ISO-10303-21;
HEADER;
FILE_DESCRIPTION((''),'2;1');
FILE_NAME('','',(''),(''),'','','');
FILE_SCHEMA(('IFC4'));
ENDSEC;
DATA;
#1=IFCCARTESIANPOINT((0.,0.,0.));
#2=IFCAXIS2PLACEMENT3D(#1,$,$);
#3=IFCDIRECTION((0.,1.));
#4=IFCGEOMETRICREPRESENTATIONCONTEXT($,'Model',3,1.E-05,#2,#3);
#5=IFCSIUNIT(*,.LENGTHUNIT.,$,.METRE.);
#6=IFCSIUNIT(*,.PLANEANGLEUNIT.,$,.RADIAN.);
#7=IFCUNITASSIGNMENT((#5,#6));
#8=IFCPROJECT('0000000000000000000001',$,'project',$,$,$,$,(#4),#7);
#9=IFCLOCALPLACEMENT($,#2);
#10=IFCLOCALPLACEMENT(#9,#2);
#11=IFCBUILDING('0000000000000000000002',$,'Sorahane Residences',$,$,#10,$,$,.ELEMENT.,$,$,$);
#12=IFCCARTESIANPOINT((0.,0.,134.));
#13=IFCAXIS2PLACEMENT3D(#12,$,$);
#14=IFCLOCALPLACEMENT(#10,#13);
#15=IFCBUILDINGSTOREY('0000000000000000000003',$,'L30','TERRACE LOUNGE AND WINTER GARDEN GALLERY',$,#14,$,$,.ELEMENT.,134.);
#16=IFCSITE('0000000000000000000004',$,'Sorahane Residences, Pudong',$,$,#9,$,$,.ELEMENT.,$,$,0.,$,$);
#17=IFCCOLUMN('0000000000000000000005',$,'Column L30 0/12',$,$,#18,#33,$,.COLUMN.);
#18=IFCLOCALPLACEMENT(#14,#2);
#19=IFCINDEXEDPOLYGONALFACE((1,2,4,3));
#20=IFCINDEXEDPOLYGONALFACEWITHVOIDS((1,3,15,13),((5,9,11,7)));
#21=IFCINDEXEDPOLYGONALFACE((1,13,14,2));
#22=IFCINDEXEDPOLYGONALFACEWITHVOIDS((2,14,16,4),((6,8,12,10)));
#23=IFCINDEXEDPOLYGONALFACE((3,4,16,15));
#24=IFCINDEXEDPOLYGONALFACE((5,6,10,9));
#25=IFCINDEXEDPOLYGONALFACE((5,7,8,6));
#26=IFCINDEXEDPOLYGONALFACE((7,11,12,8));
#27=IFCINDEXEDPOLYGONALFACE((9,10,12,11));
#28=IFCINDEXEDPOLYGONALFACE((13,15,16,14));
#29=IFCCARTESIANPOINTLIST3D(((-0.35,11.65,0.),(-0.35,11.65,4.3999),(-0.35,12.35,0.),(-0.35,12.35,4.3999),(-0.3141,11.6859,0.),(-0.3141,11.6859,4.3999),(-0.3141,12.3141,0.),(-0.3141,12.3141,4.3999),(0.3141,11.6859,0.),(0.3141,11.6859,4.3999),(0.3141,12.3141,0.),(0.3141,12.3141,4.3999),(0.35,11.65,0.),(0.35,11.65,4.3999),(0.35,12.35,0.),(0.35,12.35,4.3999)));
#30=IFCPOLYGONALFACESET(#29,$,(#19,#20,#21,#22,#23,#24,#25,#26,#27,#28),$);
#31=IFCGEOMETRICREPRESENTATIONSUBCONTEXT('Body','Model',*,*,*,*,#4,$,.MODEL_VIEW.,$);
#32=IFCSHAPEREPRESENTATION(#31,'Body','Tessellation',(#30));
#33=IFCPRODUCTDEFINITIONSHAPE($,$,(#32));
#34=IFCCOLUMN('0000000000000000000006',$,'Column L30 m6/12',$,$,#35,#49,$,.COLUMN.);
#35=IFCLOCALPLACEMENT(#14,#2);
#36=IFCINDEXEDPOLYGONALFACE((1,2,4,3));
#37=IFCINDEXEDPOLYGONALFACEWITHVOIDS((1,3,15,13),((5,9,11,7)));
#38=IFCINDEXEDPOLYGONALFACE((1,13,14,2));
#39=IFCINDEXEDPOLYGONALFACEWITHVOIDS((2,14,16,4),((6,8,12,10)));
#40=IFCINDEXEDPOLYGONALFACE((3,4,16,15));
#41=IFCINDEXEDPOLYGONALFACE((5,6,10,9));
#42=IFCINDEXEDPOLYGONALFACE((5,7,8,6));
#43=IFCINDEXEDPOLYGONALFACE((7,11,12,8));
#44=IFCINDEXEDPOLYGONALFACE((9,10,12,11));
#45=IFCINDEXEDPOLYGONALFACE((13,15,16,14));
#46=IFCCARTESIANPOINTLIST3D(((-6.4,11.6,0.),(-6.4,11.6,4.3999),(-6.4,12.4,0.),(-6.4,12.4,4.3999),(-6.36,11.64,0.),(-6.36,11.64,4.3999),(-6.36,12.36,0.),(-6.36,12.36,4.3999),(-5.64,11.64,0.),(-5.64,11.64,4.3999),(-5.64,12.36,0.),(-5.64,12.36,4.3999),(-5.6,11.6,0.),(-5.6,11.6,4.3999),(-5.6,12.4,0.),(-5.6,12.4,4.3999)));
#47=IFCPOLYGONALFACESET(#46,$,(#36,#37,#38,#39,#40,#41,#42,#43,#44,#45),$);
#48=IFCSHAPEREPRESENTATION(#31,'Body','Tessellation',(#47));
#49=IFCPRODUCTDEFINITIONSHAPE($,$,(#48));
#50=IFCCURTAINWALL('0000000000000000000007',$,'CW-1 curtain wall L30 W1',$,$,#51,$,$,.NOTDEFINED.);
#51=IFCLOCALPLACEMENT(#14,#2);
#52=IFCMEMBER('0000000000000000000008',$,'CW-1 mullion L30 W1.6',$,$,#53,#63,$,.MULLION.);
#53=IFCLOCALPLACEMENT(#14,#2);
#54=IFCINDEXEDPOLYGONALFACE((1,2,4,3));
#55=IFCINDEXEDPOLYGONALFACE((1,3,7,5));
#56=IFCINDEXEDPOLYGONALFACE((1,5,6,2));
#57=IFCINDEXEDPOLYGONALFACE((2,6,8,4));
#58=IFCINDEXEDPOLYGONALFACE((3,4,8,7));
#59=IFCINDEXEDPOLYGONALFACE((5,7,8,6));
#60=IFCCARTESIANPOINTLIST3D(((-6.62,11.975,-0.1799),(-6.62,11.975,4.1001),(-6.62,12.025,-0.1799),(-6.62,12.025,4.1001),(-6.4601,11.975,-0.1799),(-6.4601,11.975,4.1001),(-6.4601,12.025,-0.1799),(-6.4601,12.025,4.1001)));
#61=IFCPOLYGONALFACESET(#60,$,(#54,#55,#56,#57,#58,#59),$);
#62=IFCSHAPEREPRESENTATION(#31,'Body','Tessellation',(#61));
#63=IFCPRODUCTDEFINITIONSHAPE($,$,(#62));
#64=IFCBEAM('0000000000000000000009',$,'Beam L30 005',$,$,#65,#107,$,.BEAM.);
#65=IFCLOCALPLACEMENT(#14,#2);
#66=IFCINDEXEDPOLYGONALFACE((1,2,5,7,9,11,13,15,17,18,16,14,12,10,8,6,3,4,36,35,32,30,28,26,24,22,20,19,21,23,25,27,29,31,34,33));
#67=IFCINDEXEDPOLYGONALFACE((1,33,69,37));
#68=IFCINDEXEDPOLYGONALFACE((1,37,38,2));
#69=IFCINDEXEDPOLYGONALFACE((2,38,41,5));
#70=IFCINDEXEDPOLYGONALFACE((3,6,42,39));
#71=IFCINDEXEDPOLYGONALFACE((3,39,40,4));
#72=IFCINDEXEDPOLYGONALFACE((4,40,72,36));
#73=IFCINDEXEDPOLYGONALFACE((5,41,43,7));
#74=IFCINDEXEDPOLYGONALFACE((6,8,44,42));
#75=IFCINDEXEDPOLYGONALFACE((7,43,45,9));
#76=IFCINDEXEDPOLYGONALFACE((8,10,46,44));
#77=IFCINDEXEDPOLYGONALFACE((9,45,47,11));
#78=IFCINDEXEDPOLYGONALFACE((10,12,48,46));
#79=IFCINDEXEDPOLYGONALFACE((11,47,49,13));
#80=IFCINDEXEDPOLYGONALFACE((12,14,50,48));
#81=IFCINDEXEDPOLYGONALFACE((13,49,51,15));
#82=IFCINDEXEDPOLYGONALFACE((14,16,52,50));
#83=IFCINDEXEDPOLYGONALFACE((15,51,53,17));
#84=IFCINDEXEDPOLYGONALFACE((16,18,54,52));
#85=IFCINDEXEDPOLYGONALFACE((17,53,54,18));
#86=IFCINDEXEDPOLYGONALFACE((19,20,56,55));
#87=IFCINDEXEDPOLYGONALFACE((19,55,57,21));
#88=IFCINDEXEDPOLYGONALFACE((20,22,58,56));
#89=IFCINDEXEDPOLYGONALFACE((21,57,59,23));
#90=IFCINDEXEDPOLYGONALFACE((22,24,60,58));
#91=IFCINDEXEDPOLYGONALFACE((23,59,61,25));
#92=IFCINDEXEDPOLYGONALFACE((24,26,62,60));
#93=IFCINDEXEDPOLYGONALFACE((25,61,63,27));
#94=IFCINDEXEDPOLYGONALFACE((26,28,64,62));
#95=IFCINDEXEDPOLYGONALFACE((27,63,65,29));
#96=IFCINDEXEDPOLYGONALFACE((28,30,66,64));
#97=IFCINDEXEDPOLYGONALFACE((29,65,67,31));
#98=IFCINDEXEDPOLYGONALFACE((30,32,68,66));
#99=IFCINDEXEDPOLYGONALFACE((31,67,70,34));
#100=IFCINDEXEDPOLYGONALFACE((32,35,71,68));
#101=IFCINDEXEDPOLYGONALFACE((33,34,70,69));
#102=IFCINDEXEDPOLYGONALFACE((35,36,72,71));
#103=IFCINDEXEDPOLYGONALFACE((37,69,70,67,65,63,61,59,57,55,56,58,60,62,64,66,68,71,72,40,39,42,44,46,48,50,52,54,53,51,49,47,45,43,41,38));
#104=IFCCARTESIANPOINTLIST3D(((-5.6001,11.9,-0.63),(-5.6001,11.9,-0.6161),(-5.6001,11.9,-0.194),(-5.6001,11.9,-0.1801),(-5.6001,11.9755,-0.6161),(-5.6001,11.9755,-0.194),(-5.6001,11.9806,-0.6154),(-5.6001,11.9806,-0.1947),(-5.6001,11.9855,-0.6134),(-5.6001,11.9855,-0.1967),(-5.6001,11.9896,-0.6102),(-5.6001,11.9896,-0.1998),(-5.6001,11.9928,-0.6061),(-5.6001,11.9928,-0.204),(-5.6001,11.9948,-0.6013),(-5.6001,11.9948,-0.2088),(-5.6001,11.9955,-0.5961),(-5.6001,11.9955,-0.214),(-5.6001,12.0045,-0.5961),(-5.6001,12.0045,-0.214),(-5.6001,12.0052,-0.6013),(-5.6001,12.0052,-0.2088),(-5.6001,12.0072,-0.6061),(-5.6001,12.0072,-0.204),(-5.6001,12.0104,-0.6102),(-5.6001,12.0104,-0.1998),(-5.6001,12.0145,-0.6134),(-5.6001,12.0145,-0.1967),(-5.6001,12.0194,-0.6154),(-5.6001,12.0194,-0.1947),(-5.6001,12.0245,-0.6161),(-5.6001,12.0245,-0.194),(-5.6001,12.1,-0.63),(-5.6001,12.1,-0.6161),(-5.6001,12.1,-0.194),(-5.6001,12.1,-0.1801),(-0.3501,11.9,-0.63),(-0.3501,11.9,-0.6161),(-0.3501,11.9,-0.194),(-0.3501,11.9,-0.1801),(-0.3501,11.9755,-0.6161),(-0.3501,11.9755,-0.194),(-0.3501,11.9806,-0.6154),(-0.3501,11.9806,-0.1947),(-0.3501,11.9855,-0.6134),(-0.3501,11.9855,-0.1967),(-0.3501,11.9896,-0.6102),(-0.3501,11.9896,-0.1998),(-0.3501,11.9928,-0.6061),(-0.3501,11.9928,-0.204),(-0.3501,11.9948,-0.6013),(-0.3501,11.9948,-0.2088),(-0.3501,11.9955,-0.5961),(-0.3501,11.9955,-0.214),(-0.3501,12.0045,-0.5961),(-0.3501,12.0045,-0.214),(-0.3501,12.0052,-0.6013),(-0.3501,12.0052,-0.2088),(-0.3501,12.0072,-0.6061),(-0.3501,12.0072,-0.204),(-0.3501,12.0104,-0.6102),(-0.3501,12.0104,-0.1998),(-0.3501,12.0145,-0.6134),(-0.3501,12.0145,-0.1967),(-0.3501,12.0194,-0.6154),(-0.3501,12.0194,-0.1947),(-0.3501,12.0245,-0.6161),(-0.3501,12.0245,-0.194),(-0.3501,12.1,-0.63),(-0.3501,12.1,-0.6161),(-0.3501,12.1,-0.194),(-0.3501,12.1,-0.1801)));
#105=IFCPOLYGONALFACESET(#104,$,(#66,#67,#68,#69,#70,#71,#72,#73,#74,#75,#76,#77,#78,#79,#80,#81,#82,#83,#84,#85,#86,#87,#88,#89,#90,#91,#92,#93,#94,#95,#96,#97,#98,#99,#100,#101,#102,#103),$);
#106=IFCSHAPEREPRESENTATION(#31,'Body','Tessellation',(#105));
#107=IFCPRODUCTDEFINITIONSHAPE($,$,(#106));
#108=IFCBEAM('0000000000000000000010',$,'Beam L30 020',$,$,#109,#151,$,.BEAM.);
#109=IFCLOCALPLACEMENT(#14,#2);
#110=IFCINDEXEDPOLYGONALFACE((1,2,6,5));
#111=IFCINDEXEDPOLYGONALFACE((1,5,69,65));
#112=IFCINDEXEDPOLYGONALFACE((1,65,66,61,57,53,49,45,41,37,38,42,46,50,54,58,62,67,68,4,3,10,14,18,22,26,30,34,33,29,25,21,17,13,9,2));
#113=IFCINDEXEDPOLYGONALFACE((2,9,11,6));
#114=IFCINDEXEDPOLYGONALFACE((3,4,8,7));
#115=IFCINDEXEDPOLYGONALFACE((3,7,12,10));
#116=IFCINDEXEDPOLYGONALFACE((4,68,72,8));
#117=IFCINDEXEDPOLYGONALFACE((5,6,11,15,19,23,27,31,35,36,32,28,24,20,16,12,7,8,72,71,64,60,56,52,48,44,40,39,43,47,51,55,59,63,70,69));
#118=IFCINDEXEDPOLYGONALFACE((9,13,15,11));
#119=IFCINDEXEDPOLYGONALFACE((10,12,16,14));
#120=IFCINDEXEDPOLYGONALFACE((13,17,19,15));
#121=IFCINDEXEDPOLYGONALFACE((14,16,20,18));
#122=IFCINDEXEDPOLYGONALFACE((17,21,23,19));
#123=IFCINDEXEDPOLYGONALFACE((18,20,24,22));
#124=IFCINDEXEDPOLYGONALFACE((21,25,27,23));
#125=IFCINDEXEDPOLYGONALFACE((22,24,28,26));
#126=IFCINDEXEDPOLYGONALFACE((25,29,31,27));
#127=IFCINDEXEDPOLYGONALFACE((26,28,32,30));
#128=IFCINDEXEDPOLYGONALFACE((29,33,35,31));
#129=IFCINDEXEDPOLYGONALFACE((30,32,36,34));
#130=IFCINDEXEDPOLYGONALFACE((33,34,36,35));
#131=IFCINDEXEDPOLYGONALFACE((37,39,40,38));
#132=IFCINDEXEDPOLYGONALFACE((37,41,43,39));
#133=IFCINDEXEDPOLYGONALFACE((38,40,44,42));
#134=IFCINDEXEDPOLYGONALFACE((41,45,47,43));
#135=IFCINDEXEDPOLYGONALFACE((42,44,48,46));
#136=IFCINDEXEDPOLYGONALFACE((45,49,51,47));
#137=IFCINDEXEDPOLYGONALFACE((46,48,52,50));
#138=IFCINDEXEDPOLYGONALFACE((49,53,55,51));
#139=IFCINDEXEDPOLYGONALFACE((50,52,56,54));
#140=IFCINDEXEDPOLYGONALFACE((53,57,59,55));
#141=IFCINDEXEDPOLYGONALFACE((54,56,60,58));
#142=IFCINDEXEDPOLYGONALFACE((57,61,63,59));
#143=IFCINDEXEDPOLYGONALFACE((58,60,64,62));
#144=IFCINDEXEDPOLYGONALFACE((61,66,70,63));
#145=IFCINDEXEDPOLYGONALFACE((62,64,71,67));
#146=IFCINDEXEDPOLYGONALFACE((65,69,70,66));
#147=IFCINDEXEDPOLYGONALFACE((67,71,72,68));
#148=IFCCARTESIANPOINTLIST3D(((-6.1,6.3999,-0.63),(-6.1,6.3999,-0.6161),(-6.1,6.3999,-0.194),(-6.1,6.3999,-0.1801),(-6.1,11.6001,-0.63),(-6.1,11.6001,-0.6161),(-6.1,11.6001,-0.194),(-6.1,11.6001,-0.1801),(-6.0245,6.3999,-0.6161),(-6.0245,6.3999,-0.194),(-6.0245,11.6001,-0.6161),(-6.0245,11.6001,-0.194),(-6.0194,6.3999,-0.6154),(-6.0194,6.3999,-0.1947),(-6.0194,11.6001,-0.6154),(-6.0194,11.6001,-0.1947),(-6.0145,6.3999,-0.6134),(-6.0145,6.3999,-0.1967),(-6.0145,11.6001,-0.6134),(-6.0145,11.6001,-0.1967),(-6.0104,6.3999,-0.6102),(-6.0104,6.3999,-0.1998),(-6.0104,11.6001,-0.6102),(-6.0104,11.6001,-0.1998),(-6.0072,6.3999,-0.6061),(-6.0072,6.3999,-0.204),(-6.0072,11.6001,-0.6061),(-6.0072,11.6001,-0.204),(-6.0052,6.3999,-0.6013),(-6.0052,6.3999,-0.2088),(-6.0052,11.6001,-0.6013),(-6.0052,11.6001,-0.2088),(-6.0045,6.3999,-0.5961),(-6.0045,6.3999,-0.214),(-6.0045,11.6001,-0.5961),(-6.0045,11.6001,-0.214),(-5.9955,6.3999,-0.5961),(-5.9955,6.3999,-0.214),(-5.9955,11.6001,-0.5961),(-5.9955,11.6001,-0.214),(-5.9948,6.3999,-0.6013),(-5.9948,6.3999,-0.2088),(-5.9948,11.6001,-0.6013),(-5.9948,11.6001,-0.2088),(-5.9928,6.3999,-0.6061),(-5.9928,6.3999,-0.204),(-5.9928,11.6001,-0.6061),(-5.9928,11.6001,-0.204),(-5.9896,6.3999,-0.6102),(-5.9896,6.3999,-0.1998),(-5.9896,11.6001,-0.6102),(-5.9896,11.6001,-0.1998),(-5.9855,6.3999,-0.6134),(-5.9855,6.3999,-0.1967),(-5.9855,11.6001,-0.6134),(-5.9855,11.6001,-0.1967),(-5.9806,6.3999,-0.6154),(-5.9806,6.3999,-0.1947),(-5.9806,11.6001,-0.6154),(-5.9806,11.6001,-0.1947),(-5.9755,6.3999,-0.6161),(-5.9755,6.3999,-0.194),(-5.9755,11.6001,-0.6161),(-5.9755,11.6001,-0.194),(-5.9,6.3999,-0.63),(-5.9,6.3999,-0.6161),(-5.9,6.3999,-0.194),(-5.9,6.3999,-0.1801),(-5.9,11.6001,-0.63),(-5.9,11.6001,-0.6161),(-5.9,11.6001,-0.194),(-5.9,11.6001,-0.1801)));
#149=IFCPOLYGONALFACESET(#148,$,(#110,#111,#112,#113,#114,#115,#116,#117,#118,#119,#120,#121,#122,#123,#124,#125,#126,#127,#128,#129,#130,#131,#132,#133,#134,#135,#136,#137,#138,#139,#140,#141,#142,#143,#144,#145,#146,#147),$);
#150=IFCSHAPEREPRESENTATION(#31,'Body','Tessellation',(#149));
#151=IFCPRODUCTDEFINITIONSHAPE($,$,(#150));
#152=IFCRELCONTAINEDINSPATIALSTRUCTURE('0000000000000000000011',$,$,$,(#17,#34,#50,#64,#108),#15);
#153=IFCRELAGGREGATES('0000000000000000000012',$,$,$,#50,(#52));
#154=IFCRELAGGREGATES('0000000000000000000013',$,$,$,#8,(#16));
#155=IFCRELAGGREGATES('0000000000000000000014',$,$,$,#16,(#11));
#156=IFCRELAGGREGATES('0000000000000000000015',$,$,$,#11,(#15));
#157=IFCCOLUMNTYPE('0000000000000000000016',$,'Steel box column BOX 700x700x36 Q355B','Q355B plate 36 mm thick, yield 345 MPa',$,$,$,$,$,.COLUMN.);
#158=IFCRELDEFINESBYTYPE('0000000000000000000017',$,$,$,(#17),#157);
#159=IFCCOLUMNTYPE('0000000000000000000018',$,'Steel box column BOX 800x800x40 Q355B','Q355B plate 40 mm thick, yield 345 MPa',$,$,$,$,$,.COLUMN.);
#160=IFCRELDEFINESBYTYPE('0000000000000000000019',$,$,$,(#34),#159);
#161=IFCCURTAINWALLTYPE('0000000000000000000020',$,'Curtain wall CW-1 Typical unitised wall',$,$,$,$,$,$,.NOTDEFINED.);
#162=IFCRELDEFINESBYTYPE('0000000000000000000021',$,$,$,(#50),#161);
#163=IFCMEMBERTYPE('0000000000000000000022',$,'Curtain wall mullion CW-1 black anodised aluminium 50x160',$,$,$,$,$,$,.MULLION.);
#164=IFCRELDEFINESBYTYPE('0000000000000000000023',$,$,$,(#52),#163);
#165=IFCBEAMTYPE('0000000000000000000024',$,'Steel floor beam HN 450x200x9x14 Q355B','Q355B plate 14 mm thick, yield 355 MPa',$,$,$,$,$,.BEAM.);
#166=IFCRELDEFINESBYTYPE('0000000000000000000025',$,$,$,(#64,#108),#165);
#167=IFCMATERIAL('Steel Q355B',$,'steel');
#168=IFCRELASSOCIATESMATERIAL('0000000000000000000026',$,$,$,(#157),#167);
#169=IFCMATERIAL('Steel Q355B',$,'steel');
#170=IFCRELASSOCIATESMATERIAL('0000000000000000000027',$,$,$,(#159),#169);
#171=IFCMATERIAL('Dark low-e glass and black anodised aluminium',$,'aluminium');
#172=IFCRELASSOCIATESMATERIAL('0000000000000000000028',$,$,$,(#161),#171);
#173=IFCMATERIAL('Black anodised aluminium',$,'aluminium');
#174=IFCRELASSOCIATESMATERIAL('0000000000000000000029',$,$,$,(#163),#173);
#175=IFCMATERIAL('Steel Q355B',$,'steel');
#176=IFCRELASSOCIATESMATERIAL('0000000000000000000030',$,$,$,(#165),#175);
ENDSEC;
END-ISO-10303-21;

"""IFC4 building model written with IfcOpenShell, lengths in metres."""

from ifc_helpers import new_model, si_unit, direction, frame, origin, origin_2d, place, context, subcontext, project, spatial, rectangle, hollow_rectangle, i_section, extrude, material, material_profile, profile_set, type_object, element, aggregate, save


model = new_model("IFC4")

# Units and contexts
model_context = context("Model", 3, precision=1e-05, world=origin(), true_north=direction((0.0, 1.0)))
body_context = subcontext(model_context, "Body", "Model", "MODEL_VIEW")
ifc_project = project(units=[si_unit("LENGTHUNIT", "METRE"), si_unit("PLANEANGLEUNIT", "RADIAN")], contexts=[model_context])

# Site, building, storey
site_placement = place(None, origin())
site = spatial("IfcSite", under=ifc_project, at=site_placement, Name="Sorahane Residences, Pudong", CompositionType="ELEMENT", RefElevation=0.0)
building_placement = place(site_placement, origin())
building = spatial("IfcBuilding", under=site, at=building_placement, Name="Sorahane Residences", CompositionType="ELEMENT")
storey_placement = place(building_placement, frame((0.0, 0.0, 134.0)))
storey = spatial("IfcBuildingStorey", under=building, at=storey_placement, Name="L30", Description="TERRACE LOUNGE AND WINTER GARDEN GALLERY", CompositionType="ELEMENT", Elevation=134.0)

# Columns
ifc_material_1 = material(Name="Steel Q355B", Category="steel")
ifc_material_profile_1 = material_profile(ifc_material_1, hollow_rectangle(XDim=0.7, YDim=0.7, WallThickness=0.0359, at=origin_2d()), Name="BOX 700x700x36")
ifc_profile_set_1 = profile_set([ifc_material_profile_1], Name="Steel Q355B")
column_type_1 = type_object("IfcColumnType", Name="Steel box column BOX 700x700x36 Q355B", Description="Q355B plate 36 mm thick, yield 345 MPa", PredefinedType="COLUMN", material=ifc_profile_set_1)
column_1_placement = place(storey_placement, frame((0.0, 12.0, 0.0), z_axis=(0.0, 0.0, 1.0), x_axis=(1.0, 0.0, 0.0)))
element("IfcColumn", 1, at=column_1_placement, inside=storey, type_object=column_type_1, Name="Column L30 0/12", PredefinedType="COLUMN", context=body_context, shape_type="SweptSolid", body=[
    extrude(hollow_rectangle(XDim=0.7, YDim=0.7, WallThickness=0.0359, at=origin_2d()), origin(), (0.0, 0.0, 1.0), 4.3999),
])
ifc_material_2 = material(Name="Steel Q355B", Category="steel")
ifc_material_profile_2 = material_profile(ifc_material_2, hollow_rectangle(XDim=0.8, YDim=0.8, WallThickness=0.04, at=origin_2d()), Name="BOX 800x800x40")
ifc_profile_set_2 = profile_set([ifc_material_profile_2], Name="Steel Q355B")
column_type_2 = type_object("IfcColumnType", Name="Steel box column BOX 800x800x40 Q355B", Description="Q355B plate 40 mm thick, yield 345 MPa", PredefinedType="COLUMN", material=ifc_profile_set_2)
column_2_placement = place(storey_placement, frame((-6.0, 12.0, 0.0), z_axis=(0.0, 0.0, 1.0), x_axis=(1.0, 0.0, 0.0)))
element("IfcColumn", 2, at=column_2_placement, inside=storey, type_object=column_type_2, Name="Column L30 m6/12", PredefinedType="COLUMN", context=body_context, shape_type="SweptSolid", body=[
    extrude(hollow_rectangle(XDim=0.8, YDim=0.8, WallThickness=0.04, at=origin_2d()), origin(), (0.0, 0.0, 1.0), 4.3999),
])

# Curtain wall, member
ifc_material_3 = material(Name="Dark low-e glass and black anodised aluminium", Category="aluminium")
curtain_wall_type = type_object("IfcCurtainWallType", Name="Curtain wall CW-1 Typical unitised wall", PredefinedType="NOTDEFINED", material=ifc_material_3)
curtain_wall_placement = place(storey_placement, origin())
curtain_wall = element("IfcCurtainWall", 3, at=curtain_wall_placement, inside=storey, type_object=curtain_wall_type, Name="CW-1 curtain wall L30 W1", PredefinedType="NOTDEFINED")
ifc_material_4 = material(Name="Black anodised aluminium", Category="aluminium")
ifc_material_profile_3 = material_profile(ifc_material_4, rectangle(XDim=0.1599, YDim=0.05, at=origin_2d()), Name="Curtain wall mullion CW-1 black anodised aluminium 50x160")
ifc_profile_set_3 = profile_set([ifc_material_profile_3], Name="Black anodised aluminium")
member_type = type_object("IfcMemberType", Name="Curtain wall mullion CW-1 black anodised aluminium 50x160", PredefinedType="MULLION", material=ifc_profile_set_3)
member_placement = place(storey_placement, frame((-6.54, 12.0, -0.1799), z_axis=(0.0, 0.0, 1.0), x_axis=(-1.0, 0.0, 0.0)))
member = element("IfcMember", 4, at=member_placement, type_object=member_type, Name="CW-1 mullion L30 W1.6", PredefinedType="MULLION", context=body_context, shape_type="SweptSolid", body=[
    extrude(rectangle(XDim=0.1599, YDim=0.05, at=origin_2d()), origin(), (0.0, 0.0, 1.0), 4.28),
])

# Beams
ifc_material_5 = material(Name="Steel Q355B", Category="steel")
ifc_material_profile_4 = material_profile(ifc_material_5, i_section(OverallWidth=0.2, OverallDepth=0.45, WebThickness=0.009, FlangeThickness=0.0139, FilletRadius=0.02, at=origin_2d()), Name="HN 450x200x9x14")
ifc_profile_set_4 = profile_set([ifc_material_profile_4], Name="Steel Q355B")
beam_type_1 = type_object("IfcBeamType", Name="Steel floor beam HN 450x200x9x14 Q355B", Description="Q355B plate 14 mm thick, yield 355 MPa", PredefinedType="BEAM", material=ifc_profile_set_4)
beam_1_placement = place(storey_placement, frame((-5.6001, 12.0, -0.405), z_axis=(1.0, 0.0, 0.0), x_axis=(0.0, 1.0, 0.0)))
element("IfcBeam", 5, at=beam_1_placement, inside=storey, type_object=beam_type_1, Name="Beam L30 005", PredefinedType="BEAM", context=body_context, shape_type="SweptSolid", body=[
    extrude(i_section(OverallWidth=0.2, OverallDepth=0.45, WebThickness=0.009, FlangeThickness=0.0139, FilletRadius=0.02, at=origin_2d()), origin(), (0.0, 0.0, 1.0), 5.25),
])
beam_2_placement = place(storey_placement, frame((-6.0, 6.3999, -0.405), z_axis=(0.0, 1.0, 0.0), x_axis=(-1.0, 0.0, 0.0)))
element("IfcBeam", 6, at=beam_2_placement, inside=storey, type_object=beam_type_1, Name="Beam L30 020", PredefinedType="BEAM", context=body_context, shape_type="SweptSolid", body=[
    extrude(i_section(OverallWidth=0.2, OverallDepth=0.45, WebThickness=0.009, FlangeThickness=0.0139, FilletRadius=0.02, at=origin_2d()), origin(), (0.0, 0.0, 1.0), 5.2002),
])

aggregate(curtain_wall, [member])

save(model, "model.ifc")
